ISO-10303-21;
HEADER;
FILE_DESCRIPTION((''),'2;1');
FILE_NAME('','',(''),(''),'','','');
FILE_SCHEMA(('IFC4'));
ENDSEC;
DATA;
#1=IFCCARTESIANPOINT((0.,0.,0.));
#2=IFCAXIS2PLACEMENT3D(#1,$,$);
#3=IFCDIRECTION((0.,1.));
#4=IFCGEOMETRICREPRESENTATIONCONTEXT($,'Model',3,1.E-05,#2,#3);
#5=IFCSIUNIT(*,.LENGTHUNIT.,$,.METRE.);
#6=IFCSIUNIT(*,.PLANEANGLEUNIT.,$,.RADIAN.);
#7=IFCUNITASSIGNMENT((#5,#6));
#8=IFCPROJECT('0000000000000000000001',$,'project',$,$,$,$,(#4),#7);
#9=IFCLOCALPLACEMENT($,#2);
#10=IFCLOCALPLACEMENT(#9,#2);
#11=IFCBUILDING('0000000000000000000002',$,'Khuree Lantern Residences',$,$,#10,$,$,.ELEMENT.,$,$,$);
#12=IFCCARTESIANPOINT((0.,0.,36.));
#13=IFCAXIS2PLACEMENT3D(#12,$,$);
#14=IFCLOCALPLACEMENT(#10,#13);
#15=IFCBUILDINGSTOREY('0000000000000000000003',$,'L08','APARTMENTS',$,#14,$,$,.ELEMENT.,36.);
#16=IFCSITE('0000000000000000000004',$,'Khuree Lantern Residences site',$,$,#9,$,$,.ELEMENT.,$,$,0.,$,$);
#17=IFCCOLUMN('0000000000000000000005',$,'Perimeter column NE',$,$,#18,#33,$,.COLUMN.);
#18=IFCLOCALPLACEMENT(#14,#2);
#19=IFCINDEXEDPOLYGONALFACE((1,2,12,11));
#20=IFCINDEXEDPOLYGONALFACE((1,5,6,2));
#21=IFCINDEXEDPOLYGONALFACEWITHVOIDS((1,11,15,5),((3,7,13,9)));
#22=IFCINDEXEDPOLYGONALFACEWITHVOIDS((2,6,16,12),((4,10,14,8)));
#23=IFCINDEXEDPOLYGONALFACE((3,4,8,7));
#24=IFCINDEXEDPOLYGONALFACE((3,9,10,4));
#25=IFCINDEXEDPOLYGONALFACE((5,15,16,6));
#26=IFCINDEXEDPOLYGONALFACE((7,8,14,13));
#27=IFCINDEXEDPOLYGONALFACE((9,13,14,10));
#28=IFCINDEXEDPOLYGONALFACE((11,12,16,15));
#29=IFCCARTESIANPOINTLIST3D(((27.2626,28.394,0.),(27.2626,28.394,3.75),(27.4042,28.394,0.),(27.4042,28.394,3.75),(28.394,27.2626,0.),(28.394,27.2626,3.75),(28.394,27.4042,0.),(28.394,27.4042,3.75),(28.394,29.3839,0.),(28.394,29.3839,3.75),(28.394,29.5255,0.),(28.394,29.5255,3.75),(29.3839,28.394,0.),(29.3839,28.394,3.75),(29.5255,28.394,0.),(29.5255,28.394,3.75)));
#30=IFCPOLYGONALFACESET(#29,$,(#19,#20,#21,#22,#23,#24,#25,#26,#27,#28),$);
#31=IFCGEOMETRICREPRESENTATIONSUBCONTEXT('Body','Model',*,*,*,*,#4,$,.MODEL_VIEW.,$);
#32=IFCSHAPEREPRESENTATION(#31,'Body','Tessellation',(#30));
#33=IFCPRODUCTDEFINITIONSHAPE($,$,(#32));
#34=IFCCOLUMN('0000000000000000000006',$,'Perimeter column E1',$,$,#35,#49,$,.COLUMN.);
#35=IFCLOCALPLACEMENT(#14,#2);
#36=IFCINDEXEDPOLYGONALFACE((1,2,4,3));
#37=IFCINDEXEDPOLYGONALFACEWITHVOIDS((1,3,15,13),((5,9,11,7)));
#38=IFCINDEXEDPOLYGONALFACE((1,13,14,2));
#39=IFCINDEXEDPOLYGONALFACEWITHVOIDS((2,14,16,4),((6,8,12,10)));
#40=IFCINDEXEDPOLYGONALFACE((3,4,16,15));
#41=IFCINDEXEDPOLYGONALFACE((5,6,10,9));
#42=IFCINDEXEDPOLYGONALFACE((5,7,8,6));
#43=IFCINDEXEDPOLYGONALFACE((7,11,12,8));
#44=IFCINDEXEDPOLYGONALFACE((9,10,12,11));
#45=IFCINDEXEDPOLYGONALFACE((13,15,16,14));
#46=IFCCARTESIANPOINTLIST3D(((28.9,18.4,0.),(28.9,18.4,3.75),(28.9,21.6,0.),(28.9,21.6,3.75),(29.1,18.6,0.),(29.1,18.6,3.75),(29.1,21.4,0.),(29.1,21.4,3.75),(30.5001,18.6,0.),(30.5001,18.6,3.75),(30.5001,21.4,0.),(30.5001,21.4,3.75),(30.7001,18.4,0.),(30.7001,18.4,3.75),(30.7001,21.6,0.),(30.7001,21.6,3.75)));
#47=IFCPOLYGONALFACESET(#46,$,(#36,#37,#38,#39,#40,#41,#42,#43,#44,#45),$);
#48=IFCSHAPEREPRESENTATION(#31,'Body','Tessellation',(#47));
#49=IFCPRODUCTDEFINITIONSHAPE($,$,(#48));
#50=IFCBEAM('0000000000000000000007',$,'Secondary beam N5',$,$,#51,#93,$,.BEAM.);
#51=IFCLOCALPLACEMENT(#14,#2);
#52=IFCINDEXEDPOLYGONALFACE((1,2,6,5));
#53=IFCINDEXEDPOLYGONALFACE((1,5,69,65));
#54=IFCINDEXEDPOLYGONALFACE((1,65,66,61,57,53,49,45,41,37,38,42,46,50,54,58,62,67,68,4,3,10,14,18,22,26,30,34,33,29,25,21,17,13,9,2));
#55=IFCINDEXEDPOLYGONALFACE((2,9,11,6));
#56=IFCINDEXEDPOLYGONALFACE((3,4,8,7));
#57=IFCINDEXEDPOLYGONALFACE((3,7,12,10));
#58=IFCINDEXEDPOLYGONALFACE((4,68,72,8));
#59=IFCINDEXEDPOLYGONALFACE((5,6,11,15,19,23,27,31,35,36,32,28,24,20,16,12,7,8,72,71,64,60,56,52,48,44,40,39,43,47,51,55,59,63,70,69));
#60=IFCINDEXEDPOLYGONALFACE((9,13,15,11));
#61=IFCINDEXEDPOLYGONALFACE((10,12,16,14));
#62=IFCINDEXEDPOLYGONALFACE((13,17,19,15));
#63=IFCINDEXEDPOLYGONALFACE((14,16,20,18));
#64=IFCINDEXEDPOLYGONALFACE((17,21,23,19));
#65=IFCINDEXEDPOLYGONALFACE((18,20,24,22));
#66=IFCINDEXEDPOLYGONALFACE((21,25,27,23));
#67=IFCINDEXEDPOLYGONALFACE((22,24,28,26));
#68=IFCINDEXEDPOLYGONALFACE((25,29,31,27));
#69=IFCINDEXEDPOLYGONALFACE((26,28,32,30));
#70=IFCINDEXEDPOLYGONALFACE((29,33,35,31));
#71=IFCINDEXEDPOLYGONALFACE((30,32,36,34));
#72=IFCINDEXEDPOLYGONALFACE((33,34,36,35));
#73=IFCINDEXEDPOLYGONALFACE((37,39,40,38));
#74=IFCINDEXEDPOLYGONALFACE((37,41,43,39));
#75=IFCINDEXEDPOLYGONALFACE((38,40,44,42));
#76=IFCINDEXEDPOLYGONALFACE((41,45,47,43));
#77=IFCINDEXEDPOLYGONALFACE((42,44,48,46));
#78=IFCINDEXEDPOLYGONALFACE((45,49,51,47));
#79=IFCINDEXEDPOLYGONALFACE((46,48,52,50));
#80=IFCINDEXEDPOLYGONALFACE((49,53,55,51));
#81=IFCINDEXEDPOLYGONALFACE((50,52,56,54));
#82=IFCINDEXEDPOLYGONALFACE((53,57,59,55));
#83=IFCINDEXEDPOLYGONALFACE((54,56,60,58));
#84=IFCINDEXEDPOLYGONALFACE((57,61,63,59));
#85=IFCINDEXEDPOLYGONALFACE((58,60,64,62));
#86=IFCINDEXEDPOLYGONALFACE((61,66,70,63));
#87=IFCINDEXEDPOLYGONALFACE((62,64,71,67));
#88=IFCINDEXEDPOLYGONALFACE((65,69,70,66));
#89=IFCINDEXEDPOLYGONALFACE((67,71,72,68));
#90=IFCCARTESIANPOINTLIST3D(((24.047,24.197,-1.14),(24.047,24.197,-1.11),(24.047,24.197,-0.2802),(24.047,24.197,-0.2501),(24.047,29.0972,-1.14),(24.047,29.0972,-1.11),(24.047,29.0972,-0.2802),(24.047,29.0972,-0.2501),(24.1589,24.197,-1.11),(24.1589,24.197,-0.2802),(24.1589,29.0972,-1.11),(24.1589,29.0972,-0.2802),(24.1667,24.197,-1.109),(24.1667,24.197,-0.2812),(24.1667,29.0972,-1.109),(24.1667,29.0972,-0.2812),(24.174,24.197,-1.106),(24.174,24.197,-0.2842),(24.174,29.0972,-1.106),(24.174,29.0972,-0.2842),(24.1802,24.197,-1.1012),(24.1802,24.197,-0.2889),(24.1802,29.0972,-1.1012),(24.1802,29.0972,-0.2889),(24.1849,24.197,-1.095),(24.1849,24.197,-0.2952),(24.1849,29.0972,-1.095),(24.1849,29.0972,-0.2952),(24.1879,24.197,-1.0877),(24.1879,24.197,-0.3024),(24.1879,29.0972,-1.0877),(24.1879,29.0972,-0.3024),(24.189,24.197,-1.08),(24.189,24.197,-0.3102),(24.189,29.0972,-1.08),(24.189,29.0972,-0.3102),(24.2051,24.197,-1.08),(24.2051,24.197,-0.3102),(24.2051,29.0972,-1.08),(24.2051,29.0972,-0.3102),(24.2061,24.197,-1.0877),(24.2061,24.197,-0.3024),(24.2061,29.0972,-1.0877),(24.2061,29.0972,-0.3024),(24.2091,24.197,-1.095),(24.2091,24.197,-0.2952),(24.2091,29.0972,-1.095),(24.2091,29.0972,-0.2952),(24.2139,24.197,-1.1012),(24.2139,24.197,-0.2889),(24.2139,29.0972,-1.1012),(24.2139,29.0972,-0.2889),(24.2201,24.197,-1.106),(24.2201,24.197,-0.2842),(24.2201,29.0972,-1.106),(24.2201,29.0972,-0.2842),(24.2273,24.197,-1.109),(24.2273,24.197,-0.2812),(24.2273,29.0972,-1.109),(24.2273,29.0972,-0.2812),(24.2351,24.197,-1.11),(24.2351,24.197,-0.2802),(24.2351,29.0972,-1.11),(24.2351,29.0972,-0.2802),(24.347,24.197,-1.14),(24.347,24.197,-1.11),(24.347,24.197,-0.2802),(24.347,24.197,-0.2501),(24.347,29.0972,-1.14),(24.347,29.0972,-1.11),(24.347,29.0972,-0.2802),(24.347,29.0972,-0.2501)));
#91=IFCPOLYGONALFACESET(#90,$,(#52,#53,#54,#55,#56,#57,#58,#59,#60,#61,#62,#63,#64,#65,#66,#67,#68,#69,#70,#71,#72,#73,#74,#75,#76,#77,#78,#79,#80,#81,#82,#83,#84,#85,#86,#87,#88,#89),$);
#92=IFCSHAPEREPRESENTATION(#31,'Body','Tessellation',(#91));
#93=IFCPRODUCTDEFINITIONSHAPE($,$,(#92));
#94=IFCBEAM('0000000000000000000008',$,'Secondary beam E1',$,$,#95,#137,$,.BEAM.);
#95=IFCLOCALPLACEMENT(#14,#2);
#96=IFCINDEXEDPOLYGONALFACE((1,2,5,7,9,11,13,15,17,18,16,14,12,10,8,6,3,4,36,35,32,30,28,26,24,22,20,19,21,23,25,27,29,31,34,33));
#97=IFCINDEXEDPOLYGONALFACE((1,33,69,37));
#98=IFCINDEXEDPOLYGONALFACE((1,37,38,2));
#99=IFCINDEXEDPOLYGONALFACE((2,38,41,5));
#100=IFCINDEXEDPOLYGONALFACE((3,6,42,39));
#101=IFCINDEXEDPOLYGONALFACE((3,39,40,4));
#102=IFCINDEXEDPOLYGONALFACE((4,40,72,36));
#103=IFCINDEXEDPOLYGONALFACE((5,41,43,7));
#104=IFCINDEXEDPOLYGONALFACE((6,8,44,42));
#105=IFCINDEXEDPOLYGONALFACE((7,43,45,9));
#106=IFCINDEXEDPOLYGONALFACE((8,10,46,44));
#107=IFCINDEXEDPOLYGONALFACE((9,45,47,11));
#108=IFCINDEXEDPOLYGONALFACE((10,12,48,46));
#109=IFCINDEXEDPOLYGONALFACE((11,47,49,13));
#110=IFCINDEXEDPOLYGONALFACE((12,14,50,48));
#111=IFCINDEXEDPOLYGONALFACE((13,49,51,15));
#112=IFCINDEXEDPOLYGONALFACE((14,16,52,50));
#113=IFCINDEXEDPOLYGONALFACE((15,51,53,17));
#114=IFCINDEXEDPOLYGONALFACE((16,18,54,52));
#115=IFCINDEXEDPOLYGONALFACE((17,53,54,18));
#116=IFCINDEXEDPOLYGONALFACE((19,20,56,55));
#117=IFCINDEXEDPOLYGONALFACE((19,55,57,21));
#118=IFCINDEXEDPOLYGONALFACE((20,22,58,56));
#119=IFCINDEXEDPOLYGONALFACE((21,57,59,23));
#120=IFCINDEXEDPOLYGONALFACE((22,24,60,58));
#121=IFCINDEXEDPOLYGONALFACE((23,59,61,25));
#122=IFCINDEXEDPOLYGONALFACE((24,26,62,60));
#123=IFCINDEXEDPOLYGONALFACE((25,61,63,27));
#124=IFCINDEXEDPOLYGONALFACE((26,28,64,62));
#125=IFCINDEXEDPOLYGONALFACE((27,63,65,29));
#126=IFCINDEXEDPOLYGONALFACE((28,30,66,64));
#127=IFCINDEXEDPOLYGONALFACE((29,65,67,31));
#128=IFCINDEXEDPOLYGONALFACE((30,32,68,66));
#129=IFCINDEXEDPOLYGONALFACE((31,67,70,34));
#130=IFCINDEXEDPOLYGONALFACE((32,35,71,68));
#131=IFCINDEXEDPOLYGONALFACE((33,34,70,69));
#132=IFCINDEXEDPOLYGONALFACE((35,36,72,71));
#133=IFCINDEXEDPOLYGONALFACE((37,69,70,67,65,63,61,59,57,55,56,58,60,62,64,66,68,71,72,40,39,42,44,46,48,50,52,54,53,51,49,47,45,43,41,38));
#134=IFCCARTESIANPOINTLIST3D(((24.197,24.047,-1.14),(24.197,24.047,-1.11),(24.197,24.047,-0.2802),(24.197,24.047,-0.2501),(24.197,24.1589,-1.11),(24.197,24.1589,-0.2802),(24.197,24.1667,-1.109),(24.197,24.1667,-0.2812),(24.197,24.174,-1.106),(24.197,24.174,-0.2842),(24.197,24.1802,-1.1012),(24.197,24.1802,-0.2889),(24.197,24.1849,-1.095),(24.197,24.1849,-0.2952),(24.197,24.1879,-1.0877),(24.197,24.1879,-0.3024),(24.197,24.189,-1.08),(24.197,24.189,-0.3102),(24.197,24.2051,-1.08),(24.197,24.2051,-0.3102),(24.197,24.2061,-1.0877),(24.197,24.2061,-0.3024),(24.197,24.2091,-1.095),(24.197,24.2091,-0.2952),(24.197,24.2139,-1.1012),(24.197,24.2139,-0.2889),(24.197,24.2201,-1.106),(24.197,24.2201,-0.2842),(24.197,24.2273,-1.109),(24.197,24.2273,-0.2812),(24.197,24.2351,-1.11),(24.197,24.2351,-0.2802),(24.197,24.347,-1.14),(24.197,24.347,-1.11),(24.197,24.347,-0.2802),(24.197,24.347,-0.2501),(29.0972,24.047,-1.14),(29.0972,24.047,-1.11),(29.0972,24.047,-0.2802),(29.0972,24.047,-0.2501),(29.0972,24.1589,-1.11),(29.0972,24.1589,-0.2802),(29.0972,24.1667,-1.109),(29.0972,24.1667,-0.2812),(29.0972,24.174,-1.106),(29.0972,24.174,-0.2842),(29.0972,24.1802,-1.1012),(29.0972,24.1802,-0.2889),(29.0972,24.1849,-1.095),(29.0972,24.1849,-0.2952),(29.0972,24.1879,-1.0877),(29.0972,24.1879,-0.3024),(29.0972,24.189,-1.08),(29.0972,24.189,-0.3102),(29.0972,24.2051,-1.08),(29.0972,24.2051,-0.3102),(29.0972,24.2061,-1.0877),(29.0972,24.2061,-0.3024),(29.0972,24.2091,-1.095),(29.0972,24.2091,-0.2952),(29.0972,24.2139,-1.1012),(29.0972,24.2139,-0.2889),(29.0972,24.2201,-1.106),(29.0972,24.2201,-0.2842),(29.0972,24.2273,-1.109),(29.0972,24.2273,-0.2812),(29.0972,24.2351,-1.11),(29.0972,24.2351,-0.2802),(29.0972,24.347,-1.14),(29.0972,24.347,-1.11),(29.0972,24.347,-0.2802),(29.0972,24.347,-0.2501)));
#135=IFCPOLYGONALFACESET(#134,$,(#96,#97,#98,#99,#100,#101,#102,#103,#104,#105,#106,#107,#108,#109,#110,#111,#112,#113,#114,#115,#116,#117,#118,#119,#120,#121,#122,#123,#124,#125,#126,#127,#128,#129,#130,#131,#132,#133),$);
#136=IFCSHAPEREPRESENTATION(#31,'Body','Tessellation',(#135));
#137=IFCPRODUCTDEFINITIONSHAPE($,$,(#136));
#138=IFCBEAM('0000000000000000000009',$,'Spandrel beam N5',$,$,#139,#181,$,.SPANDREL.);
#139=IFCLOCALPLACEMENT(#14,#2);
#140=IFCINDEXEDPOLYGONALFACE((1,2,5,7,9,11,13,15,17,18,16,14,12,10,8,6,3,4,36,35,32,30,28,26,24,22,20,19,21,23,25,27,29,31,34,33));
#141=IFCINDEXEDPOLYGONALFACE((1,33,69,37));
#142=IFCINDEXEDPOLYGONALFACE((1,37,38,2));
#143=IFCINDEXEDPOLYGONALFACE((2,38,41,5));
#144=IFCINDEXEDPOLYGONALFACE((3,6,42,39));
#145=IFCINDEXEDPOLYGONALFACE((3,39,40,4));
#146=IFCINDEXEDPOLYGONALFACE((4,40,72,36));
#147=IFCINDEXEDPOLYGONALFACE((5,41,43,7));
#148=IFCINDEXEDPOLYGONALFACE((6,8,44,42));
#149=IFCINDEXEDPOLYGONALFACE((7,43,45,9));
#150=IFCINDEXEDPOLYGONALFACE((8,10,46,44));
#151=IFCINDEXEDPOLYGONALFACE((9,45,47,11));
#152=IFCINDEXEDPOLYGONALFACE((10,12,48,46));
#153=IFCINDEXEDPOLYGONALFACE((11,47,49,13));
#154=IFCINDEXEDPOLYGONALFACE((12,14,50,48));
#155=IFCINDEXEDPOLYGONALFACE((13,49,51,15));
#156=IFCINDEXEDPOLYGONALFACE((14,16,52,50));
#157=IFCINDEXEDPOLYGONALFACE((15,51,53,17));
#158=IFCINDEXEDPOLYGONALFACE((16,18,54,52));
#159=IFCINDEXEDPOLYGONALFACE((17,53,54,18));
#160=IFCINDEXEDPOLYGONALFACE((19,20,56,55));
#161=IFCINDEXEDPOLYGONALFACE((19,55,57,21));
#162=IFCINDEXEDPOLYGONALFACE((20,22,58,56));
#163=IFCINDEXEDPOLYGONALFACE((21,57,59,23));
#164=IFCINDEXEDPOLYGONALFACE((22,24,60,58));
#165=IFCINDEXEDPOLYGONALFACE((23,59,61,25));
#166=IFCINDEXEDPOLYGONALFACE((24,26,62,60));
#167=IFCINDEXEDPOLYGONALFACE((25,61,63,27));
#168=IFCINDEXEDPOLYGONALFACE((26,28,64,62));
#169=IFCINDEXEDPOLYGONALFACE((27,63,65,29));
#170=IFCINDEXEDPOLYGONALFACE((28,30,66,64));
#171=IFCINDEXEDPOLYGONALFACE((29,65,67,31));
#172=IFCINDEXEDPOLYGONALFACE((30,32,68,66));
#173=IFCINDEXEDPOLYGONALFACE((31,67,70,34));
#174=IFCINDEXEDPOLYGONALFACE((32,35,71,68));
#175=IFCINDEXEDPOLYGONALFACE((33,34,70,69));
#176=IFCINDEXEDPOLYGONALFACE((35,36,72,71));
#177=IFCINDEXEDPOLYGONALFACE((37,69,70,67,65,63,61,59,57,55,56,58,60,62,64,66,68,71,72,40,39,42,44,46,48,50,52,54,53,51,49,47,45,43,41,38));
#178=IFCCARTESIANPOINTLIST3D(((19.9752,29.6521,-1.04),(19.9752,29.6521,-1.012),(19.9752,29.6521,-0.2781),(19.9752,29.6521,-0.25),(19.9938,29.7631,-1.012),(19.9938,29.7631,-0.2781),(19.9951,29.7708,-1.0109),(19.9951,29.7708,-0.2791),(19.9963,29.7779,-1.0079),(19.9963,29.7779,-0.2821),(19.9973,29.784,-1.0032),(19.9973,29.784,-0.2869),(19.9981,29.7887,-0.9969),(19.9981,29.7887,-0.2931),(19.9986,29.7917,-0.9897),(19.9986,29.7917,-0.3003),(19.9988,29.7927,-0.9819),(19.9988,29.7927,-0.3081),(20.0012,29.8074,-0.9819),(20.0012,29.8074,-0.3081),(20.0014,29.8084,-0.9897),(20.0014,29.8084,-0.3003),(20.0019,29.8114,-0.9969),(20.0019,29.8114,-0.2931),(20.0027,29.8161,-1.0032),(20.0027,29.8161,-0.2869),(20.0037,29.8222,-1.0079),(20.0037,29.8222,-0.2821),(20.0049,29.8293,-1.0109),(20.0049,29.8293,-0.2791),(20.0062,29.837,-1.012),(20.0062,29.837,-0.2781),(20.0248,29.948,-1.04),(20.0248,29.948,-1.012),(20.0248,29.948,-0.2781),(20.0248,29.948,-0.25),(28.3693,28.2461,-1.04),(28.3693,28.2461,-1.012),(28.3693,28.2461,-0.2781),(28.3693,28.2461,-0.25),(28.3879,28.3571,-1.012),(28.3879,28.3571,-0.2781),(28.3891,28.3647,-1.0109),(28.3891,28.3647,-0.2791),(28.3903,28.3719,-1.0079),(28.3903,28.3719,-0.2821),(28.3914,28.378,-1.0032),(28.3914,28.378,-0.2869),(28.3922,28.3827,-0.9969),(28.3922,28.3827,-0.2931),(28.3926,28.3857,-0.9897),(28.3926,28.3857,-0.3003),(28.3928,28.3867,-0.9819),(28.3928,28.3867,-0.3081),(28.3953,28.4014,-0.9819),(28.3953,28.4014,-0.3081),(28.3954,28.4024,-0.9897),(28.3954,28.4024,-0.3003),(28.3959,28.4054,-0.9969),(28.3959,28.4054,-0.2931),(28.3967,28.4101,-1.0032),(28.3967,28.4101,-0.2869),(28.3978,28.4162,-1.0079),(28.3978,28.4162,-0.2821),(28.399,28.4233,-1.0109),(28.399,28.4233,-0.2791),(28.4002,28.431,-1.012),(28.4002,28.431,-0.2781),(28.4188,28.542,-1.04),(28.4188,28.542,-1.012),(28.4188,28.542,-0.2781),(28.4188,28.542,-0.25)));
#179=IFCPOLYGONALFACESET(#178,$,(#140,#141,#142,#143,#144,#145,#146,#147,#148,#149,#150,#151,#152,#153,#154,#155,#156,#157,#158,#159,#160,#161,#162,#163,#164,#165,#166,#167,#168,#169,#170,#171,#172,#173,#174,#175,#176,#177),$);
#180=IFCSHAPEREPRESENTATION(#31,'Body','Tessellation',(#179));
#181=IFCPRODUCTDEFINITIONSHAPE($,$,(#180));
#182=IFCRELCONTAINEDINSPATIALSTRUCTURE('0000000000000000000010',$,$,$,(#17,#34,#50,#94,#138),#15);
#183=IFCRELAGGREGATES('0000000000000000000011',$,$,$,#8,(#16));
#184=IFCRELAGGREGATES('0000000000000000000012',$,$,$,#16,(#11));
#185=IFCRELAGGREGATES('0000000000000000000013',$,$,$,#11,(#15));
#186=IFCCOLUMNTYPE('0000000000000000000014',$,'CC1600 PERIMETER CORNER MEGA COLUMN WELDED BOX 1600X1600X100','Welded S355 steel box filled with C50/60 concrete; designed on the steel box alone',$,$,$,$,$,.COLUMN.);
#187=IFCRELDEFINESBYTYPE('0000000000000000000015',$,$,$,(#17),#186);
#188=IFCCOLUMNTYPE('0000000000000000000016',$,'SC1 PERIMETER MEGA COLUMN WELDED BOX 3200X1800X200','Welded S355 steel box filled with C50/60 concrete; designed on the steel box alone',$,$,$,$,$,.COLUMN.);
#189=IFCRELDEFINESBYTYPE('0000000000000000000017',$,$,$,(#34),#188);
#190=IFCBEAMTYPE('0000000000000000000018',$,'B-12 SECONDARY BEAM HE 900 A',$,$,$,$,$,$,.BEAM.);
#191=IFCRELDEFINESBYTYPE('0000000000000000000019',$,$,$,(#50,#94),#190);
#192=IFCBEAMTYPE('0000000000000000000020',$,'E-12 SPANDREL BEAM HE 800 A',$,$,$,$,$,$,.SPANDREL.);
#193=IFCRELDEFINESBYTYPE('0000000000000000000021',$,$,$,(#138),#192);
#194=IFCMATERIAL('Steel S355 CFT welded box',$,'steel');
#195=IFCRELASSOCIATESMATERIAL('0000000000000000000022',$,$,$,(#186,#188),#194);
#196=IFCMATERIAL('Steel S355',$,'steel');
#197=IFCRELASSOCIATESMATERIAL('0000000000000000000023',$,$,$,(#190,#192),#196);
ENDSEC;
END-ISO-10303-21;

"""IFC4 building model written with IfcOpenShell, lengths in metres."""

from ifc_helpers import new_model, si_unit, direction, frame, origin, origin_2d, place, context, subcontext, project, spatial, hollow_rectangle, i_section, extrude, material, material_profile, profile_set, type_object, element, save


model = new_model("IFC4")

# Units and contexts
model_context = context("Model", 3, precision=1e-05, world=origin(), true_north=direction((0.0, 1.0)))
body_context = subcontext(model_context, "Body", "Model", "MODEL_VIEW")
ifc_project = project(units=[si_unit("LENGTHUNIT", "METRE"), si_unit("PLANEANGLEUNIT", "RADIAN")], contexts=[model_context])

# Site, building, storey
site_placement = place(None, origin())
site = spatial("IfcSite", under=ifc_project, at=site_placement, Name="Khuree Lantern Residences site", CompositionType="ELEMENT", RefElevation=0.0)
building_placement = place(site_placement, origin())
building = spatial("IfcBuilding", under=site, at=building_placement, Name="Khuree Lantern Residences", CompositionType="ELEMENT")
storey_placement = place(building_placement, frame((0.0, 0.0, 36.0)))
storey = spatial("IfcBuildingStorey", under=building, at=storey_placement, Name="L08", Description="APARTMENTS", CompositionType="ELEMENT", Elevation=36.0)

# Columns
ifc_material_1 = material(Name="Steel S355 CFT welded box", Category="steel")
ifc_material_profile_1 = material_profile(ifc_material_1, hollow_rectangle(XDim=1.6001, YDim=1.6001, WallThickness=0.1001, at=origin_2d()), Name="WELDED BOX 1600X1600X100")
ifc_profile_set_1 = profile_set([ifc_material_profile_1], Name="Steel S355 CFT welded box")
column_type_1 = type_object("IfcColumnType", Name="CC1600 PERIMETER CORNER MEGA COLUMN WELDED BOX 1600X1600X100", Description="Welded S355 steel box filled with C50/60 concrete; designed on the steel box alone", PredefinedType="COLUMN", material=ifc_profile_set_1)
column_1_placement = place(storey_placement, frame((28.394, 28.394, 0.0), z_axis=(0.0, 0.0, 1.0), x_axis=(0.707107, -0.707107, 0.0)))
element("IfcColumn", 1, at=column_1_placement, inside=storey, type_object=column_type_1, Name="Perimeter column NE", PredefinedType="COLUMN", context=body_context, shape_type="SweptSolid", body=[
    extrude(hollow_rectangle(XDim=1.6001, YDim=1.6001, WallThickness=0.1001, at=origin_2d()), origin(), (0.0, 0.0, 1.0), 3.75),
])
ifc_material_profile_2 = material_profile(ifc_material_1, hollow_rectangle(XDim=3.2, YDim=1.8, WallThickness=0.2, at=origin_2d()), Name="WELDED BOX 3200X1800X200")
ifc_profile_set_2 = profile_set([ifc_material_profile_2], Name="Steel S355 CFT welded box")
column_type_2 = type_object("IfcColumnType", Name="SC1 PERIMETER MEGA COLUMN WELDED BOX 3200X1800X200", Description="Welded S355 steel box filled with C50/60 concrete; designed on the steel box alone", PredefinedType="COLUMN", material=ifc_profile_set_2)
column_2_placement = place(storey_placement, frame((29.8, 20.0, 0.0), z_axis=(0.0, 0.0, 1.0), x_axis=(0.0, 1.0, 0.0)))
element("IfcColumn", 2, at=column_2_placement, inside=storey, type_object=column_type_2, Name="Perimeter column E1", PredefinedType="COLUMN", context=body_context, shape_type="SweptSolid", body=[
    extrude(hollow_rectangle(XDim=3.2, YDim=1.8, WallThickness=0.2, at=origin_2d()), origin(), (0.0, 0.0, 1.0), 3.75),
])

# Beams
ifc_material_2 = material(Name="Steel S355", Category="steel")
ifc_material_profile_3 = material_profile(ifc_material_2, i_section(OverallWidth=0.3, OverallDepth=0.8899, WebThickness=0.0161, FlangeThickness=0.03, FilletRadius=0.03, at=origin_2d()), Name="HE 900 A")
ifc_profile_set_3 = profile_set([ifc_material_profile_3], Name="Steel S355")
beam_type_1 = type_object("IfcBeamType", Name="B-12 SECONDARY BEAM HE 900 A", PredefinedType="BEAM", material=ifc_profile_set_3)
for number, where, z_axis, x_axis, name in (
    (3, (24.197, 29.0972, -0.6951), (0.0, -1.0, 0.0), (1.0, 0.0, 0.0), "Secondary beam N5"),
    (4, (29.0972, 24.197, -0.6951), (-1.0, 0.0, 0.0), (0.0, -1.0, 0.0), "Secondary beam E1"),
):
    element("IfcBeam", number, at=place(storey_placement, frame(where, z_axis=z_axis, x_axis=x_axis)), inside=storey, type_object=beam_type_1, Name=name, PredefinedType="BEAM", context=body_context, shape_type="SweptSolid", body=[
        extrude(i_section(OverallWidth=0.3, OverallDepth=0.8899, WebThickness=0.0161, FlangeThickness=0.03, FilletRadius=0.03, at=origin_2d()), origin(), (0.0, 0.0, 1.0), 4.9001),
    ])
ifc_material_profile_4 = material_profile(ifc_material_2, i_section(OverallWidth=0.3, OverallDepth=0.79, WebThickness=0.0149, FlangeThickness=0.0281, FilletRadius=0.03, at=origin_2d()), Name="HE 800 A")
ifc_profile_set_4 = profile_set([ifc_material_profile_4], Name="Steel S355")
beam_type_2 = type_object("IfcBeamType", Name="E-12 SPANDREL BEAM HE 800 A", PredefinedType="SPANDREL", material=ifc_profile_set_4)
for number, where, z_axis, x_axis, name in (
    (5, (20.0, 29.8, -0.645), (0.98626, -0.165199, 0.0), (0.165199, 0.98626, 0.0), "Spandrel beam N5"),
):
    element("IfcBeam", number, at=place(storey_placement, frame(where, z_axis=z_axis, x_axis=x_axis)), inside=storey, type_object=beam_type_2, Name=name, PredefinedType="SPANDREL", context=body_context, shape_type="SweptSolid", body=[
        extrude(i_section(OverallWidth=0.3, OverallDepth=0.79, WebThickness=0.0149, FlangeThickness=0.0281, FilletRadius=0.03, at=origin_2d()), origin(), (0.0, 0.0, 1.0), 8.511),
    ])

save(model, "model.ifc")
